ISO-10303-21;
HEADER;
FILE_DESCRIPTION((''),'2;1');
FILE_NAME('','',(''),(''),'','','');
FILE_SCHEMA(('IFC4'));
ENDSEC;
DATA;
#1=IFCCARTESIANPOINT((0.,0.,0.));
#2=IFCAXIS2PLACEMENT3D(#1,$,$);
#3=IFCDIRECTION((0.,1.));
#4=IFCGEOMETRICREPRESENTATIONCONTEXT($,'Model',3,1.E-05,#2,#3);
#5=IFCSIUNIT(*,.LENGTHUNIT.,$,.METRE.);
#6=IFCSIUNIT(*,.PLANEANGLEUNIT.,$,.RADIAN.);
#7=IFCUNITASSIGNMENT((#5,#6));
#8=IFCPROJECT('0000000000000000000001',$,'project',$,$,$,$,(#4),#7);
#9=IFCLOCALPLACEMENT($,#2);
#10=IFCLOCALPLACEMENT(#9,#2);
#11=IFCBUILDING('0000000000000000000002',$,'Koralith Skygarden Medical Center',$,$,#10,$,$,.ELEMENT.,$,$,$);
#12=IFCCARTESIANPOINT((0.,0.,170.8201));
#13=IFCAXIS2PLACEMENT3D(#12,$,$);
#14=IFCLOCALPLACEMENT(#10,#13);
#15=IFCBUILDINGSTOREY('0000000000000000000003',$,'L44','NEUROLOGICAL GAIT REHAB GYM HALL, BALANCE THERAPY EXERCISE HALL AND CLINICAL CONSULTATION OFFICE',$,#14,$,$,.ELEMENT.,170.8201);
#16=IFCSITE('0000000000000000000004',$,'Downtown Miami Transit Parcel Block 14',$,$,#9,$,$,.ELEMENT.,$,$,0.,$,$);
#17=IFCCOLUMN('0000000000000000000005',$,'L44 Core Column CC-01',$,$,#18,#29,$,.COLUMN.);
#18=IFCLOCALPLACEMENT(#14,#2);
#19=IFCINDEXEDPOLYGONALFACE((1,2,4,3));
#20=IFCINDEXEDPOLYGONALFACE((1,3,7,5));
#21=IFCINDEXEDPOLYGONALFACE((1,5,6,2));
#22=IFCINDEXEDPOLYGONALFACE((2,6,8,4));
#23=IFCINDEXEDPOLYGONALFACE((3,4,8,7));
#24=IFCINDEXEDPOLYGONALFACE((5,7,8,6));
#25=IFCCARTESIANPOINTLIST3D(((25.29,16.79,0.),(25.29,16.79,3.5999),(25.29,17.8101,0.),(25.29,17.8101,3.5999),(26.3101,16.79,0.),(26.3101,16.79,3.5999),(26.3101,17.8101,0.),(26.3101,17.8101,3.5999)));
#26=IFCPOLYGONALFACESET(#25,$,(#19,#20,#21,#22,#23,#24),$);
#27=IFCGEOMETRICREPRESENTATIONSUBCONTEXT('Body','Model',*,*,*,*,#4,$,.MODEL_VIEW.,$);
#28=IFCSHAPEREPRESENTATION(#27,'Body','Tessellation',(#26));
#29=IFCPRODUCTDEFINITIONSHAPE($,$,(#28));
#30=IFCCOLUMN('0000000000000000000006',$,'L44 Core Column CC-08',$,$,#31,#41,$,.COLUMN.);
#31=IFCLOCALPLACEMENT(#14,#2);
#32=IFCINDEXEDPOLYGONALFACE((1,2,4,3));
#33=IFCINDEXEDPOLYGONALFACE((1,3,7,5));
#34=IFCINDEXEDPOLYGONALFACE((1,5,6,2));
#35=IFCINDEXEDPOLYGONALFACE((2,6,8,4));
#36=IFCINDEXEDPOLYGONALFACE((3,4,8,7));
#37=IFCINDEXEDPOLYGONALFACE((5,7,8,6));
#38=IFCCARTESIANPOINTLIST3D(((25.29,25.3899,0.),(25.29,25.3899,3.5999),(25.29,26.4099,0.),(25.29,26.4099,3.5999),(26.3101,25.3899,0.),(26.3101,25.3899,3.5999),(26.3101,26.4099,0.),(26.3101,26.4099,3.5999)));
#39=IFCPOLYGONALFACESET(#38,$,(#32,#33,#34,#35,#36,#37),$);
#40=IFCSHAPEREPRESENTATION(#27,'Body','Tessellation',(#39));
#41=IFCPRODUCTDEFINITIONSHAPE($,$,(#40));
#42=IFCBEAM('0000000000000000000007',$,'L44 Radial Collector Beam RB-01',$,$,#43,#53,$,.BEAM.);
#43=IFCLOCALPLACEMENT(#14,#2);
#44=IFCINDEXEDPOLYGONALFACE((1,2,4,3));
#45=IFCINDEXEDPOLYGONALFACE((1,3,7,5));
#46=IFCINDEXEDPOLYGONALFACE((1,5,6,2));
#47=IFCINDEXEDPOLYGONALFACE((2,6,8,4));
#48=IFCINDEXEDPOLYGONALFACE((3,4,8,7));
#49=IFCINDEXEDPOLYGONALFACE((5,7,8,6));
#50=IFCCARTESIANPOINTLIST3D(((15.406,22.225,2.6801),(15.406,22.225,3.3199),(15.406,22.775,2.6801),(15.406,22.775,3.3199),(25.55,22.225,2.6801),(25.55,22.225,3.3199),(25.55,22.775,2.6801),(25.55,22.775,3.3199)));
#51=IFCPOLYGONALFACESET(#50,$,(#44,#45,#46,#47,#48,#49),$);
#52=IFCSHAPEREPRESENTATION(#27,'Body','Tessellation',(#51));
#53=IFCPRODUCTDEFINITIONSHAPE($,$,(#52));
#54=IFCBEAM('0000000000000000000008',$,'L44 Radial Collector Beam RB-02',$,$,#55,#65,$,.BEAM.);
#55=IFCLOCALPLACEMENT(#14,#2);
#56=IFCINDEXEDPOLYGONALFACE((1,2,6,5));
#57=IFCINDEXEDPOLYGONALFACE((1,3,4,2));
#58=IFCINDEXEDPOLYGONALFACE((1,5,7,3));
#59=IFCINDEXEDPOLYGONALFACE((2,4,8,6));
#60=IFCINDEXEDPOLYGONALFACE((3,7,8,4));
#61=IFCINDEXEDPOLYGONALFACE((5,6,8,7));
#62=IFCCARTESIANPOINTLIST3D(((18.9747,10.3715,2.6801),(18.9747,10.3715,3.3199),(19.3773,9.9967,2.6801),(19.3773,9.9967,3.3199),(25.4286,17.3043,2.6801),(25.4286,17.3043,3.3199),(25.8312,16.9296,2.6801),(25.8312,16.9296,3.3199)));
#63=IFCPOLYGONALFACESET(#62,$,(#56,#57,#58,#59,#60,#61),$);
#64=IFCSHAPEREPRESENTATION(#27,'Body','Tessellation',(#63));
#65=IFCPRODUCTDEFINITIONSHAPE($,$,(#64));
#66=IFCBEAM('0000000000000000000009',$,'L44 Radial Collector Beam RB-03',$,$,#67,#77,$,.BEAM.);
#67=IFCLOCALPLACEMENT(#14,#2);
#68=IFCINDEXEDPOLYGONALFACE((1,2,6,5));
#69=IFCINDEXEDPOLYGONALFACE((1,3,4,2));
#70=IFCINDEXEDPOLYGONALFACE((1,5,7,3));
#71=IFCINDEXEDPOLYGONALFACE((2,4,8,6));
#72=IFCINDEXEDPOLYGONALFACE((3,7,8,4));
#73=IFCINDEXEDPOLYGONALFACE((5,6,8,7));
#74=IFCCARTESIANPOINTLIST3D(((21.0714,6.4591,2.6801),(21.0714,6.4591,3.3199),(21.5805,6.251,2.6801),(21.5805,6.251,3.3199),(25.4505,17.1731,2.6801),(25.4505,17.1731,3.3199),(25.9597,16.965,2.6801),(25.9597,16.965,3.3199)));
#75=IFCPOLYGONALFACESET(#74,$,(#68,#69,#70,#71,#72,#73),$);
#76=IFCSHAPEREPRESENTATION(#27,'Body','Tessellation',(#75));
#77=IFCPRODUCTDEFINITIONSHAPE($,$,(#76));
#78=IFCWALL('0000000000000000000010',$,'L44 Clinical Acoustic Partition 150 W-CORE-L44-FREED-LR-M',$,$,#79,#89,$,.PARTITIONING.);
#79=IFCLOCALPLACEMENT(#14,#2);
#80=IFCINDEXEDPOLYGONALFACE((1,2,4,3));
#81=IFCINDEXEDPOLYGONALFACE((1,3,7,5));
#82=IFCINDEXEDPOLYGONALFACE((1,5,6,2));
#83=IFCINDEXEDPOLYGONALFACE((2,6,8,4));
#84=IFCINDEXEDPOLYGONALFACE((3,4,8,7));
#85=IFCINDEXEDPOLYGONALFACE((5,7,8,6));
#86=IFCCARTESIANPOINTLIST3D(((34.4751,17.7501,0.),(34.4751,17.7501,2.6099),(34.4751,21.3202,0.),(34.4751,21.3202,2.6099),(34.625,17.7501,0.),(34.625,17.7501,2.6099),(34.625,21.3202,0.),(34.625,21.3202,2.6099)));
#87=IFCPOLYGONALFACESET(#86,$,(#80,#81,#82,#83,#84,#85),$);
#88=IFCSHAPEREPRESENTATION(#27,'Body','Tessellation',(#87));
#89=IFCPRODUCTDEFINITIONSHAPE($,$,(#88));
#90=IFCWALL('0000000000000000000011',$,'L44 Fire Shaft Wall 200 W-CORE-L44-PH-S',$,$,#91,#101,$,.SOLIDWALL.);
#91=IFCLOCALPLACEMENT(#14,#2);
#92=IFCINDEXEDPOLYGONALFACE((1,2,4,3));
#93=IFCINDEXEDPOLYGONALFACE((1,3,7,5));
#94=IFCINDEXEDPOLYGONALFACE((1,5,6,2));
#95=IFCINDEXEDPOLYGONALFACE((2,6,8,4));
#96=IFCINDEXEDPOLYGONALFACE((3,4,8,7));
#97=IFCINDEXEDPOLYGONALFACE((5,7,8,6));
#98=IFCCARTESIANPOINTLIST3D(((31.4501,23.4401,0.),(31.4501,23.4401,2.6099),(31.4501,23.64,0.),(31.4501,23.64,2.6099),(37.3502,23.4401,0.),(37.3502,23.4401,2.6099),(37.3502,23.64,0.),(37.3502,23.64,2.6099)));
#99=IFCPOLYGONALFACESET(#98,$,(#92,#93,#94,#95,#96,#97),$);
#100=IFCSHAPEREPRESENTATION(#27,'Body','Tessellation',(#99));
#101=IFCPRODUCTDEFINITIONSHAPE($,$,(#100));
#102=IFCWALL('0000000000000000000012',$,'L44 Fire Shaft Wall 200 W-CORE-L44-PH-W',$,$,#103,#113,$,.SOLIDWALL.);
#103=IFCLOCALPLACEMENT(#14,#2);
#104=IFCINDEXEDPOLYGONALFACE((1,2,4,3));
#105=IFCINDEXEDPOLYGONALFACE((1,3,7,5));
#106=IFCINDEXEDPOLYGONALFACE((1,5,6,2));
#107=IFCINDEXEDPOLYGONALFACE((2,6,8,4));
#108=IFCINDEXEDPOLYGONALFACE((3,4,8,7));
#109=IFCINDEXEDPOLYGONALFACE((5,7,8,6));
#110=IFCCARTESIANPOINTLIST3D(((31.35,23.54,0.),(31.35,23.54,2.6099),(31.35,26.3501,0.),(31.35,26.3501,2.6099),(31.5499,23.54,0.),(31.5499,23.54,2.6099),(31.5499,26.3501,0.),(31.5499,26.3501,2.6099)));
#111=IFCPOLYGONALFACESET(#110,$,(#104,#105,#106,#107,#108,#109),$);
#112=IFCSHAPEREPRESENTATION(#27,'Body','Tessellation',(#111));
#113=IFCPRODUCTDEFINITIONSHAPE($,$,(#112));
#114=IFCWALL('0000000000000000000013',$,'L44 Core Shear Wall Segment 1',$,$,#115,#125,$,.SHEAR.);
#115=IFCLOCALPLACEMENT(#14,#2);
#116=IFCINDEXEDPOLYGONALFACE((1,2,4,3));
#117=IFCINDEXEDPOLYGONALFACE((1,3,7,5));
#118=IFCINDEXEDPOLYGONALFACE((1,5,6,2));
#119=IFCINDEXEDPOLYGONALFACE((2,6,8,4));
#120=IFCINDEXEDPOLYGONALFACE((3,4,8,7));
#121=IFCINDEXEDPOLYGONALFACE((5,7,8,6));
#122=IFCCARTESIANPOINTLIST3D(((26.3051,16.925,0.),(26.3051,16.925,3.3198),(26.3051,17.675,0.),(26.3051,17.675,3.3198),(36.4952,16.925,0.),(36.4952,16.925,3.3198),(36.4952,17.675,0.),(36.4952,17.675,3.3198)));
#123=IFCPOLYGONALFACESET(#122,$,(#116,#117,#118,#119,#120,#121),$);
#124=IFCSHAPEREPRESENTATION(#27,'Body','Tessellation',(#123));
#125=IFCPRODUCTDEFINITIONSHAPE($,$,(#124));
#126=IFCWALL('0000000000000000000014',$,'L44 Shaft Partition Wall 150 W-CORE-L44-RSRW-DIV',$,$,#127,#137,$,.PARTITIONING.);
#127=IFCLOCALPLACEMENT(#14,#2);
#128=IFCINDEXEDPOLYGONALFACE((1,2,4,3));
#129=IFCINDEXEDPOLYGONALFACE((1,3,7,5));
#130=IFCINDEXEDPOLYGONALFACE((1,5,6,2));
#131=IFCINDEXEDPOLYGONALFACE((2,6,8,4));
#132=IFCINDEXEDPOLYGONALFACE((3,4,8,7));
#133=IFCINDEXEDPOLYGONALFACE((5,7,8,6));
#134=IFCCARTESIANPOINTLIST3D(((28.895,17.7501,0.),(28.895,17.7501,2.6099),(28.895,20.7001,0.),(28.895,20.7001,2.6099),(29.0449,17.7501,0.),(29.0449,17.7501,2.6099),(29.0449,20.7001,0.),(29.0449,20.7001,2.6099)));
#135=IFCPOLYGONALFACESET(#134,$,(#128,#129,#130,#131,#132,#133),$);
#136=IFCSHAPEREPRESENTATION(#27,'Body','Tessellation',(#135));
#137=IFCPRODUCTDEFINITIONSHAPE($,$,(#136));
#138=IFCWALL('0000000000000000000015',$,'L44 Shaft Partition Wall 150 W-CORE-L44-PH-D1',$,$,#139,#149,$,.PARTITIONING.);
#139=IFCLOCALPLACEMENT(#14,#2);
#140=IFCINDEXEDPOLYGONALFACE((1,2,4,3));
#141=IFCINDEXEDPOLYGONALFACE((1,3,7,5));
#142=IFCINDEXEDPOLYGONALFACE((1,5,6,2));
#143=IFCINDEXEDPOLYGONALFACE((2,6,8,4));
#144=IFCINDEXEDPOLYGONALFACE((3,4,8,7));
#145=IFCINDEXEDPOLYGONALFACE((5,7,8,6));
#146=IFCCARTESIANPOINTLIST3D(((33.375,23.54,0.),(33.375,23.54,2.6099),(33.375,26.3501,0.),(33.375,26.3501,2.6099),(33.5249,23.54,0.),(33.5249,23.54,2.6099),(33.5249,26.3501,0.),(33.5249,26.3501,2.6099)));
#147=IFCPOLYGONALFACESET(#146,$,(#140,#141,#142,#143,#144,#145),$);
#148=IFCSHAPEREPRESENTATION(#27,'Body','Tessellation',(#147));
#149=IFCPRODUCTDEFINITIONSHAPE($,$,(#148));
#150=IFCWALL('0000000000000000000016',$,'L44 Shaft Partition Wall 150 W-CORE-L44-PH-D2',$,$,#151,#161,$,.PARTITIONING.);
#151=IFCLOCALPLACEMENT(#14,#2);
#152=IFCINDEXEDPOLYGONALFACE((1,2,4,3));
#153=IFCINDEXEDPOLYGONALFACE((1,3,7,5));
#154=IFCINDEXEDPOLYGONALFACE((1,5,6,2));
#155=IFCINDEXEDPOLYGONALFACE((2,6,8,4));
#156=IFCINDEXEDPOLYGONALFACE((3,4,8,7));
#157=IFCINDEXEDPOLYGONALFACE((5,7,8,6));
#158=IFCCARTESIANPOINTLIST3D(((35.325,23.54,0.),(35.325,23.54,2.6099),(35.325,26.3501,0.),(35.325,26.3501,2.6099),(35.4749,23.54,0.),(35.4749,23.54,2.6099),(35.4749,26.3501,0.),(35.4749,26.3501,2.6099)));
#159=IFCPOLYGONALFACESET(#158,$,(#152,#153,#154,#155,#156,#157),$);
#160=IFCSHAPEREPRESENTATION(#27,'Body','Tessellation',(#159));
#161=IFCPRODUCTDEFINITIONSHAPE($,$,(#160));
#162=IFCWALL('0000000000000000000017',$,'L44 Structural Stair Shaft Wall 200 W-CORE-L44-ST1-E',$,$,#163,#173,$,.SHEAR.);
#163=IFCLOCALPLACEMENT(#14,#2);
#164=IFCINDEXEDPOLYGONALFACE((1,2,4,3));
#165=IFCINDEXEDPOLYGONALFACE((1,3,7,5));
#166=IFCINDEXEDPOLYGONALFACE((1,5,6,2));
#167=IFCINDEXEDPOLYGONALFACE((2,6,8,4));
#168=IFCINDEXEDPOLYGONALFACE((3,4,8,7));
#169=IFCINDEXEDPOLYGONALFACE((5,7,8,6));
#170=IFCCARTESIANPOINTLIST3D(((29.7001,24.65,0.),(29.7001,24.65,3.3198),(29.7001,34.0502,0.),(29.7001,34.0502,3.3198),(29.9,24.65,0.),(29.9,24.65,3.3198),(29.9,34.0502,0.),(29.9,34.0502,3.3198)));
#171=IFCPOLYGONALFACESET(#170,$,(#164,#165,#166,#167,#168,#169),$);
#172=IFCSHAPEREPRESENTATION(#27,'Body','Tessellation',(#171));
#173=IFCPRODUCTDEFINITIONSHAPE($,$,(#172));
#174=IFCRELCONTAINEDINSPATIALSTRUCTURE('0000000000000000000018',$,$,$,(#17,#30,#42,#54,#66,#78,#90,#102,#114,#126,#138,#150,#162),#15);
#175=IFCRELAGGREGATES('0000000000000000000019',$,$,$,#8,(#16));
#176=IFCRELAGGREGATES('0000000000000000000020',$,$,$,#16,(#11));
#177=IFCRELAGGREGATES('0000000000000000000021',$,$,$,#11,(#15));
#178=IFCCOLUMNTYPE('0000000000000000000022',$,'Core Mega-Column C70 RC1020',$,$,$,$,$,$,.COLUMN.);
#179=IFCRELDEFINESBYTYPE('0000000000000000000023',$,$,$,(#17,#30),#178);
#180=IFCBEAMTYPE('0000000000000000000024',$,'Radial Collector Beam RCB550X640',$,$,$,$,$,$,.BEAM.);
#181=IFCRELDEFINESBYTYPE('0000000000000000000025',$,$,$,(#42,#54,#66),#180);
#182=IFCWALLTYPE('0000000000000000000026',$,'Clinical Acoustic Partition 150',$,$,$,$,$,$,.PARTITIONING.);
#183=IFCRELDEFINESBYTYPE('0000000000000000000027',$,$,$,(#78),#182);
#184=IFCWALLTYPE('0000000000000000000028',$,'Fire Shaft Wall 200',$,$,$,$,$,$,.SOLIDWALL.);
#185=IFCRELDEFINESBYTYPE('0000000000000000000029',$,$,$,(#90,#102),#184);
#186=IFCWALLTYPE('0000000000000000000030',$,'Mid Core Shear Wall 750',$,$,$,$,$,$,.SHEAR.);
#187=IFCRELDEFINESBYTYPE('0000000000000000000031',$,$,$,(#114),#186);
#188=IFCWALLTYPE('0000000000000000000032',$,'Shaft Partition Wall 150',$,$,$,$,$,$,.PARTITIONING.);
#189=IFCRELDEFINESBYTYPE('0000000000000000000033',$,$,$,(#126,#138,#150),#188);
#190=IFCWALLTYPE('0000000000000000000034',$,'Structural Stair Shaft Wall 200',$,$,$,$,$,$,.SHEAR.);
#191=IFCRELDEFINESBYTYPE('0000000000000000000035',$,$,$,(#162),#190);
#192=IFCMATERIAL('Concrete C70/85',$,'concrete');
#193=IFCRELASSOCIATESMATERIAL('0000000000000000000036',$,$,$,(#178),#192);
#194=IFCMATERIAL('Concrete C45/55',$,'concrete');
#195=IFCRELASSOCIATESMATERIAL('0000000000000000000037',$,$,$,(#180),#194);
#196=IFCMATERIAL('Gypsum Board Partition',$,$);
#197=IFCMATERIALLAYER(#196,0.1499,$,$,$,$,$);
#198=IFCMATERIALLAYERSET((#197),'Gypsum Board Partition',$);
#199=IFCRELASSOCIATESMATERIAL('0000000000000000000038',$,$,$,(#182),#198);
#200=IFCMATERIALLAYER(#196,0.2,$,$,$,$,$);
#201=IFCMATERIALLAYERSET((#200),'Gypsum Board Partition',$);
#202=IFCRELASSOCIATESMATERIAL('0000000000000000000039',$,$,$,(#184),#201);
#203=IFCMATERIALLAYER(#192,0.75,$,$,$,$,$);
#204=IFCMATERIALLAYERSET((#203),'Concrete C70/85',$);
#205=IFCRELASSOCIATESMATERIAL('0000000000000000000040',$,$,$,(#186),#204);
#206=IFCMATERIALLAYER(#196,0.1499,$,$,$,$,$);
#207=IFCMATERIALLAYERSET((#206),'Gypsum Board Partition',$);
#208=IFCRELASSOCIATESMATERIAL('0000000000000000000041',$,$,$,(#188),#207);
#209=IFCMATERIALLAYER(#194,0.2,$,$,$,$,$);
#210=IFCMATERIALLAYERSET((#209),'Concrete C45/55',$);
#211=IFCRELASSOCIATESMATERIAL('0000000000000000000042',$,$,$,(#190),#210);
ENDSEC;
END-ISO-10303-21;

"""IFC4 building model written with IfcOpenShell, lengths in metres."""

from ifc_helpers import new_model, si_unit, direction, frame, frame_2d, origin, origin_2d, place, context, subcontext, project, spatial, rectangle, extrude, material, layer, layer_set, material_profile, profile_set, type_object, element, save


model = new_model("IFC4")

# Units and contexts
model_context = context("Model", 3, precision=1e-05, world=origin(), true_north=direction((0.0, 1.0)))
body_context = subcontext(model_context, "Body", "Model", "MODEL_VIEW")
ifc_project = project(units=[si_unit("LENGTHUNIT", "METRE"), si_unit("PLANEANGLEUNIT", "RADIAN")], contexts=[model_context])

# Site, building, storey
site_placement = place(None, origin())
site = spatial("IfcSite", under=ifc_project, at=site_placement, Name="Downtown Miami Transit Parcel Block 14", CompositionType="ELEMENT", RefElevation=0.0)
building_placement = place(site_placement, origin())
building = spatial("IfcBuilding", under=site, at=building_placement, Name="Koralith Skygarden Medical Center", CompositionType="ELEMENT")
storey_placement = place(building_placement, frame((0.0, 0.0, 170.8201)))
storey = spatial("IfcBuildingStorey", under=building, at=storey_placement, Name="L44", Description="NEUROLOGICAL GAIT REHAB GYM HALL, BALANCE THERAPY EXERCISE HALL AND CLINICAL CONSULTATION OFFICE", CompositionType="ELEMENT", Elevation=170.8201)

# Columns
ifc_material_1 = material(Name="Concrete C70/85", Category="concrete")
ifc_material_profile_1 = material_profile(ifc_material_1, rectangle(XDim=1.02, YDim=1.02, at=origin_2d()), Name="RC1020X1020")
ifc_profile_set_1 = profile_set([ifc_material_profile_1], Name="Concrete C70/85")
column_type = type_object("IfcColumnType", Name="Core Mega-Column C70 RC1020", PredefinedType="COLUMN", material=ifc_profile_set_1)
for number, where, z_axis, x_axis, name in (
    (1, (25.8, 17.3, 0.0), (0.0, 0.0, 1.0), (1.0, 0.0, 0.0), "L44 Core Column CC-01"),
    (2, (25.8, 25.8999, 0.0), (0.0, 0.0, 1.0), (1.0, 0.0, 0.0), "L44 Core Column CC-08"),
):
    element("IfcColumn", number, at=place(storey_placement, frame(where, z_axis=z_axis, x_axis=x_axis)), inside=storey, type_object=column_type, Name=name, PredefinedType="COLUMN", context=body_context, shape_type="SweptSolid", body=[
        extrude(rectangle(XDim=1.02, YDim=1.02, at=origin_2d()), origin(), (0.0, 0.0, 1.0), 3.5999),
    ])

# Beams
ifc_material_2 = material(Name="Concrete C45/55", Category="concrete")
ifc_material_profile_2 = material_profile(ifc_material_2, rectangle(XDim=0.55, YDim=0.6399, at=origin_2d()), Name="RCB550X640")
ifc_profile_set_2 = profile_set([ifc_material_profile_2], Name="Concrete C45/55")
beam_type = type_object("IfcBeamType", Name="Radial Collector Beam RCB550X640", PredefinedType="BEAM", material=ifc_profile_set_2)
beam_1_placement = place(storey_placement, frame((25.55, 22.5, 3.0), z_axis=(-1.0, 0.0, 0.0), x_axis=(0.0, -1.0, 0.0)))
element("IfcBeam", 3, at=beam_1_placement, inside=storey, type_object=beam_type, Name="L44 Radial Collector Beam RB-01", PredefinedType="BEAM", context=body_context, shape_type="SweptSolid", body=[
    extrude(rectangle(XDim=0.55, YDim=0.6399, at=origin_2d()), origin(), (0.0, 0.0, 1.0), 10.144),
])
beam_2_placement = place(storey_placement, frame((25.6299, 17.1169, 3.0), z_axis=(-0.681369, -0.73194, 0.0), x_axis=(0.73194, -0.681369, 0.0)))
element("IfcBeam", 4, at=beam_2_placement, inside=storey, type_object=beam_type, Name="L44 Radial Collector Beam RB-02", PredefinedType="BEAM", context=body_context, shape_type="SweptSolid", body=[
    extrude(rectangle(XDim=0.55, YDim=0.6399, at=origin_2d()), origin(), (0.0, 0.0, 1.0), 9.4719),
])
beam_3_placement = place(storey_placement, frame((25.7051, 17.0691, 3.0), z_axis=(-0.378345, -0.925665, 0.0), x_axis=(0.925665, -0.378345, 0.0)))
element("IfcBeam", 5, at=beam_3_placement, inside=storey, type_object=beam_type, Name="L44 Radial Collector Beam RB-03", PredefinedType="BEAM", context=body_context, shape_type="SweptSolid", body=[
    extrude(rectangle(XDim=0.55, YDim=0.6399, at=origin_2d()), origin(), (0.0, 0.0, 1.0), 11.5745),
])

# Shared definitions
ifc_material_3 = material(Name="Gypsum Board Partition")
ifc_layer_1 = layer(ifc_material_3, 0.1499)
ifc_layer_set_1 = layer_set([ifc_layer_1], Name="Gypsum Board Partition")
wall_type_1 = type_object("IfcWallType", Name="Clinical Acoustic Partition 150", PredefinedType="PARTITIONING", material=ifc_layer_set_1)

# Wall
wall_1_placement = place(storey_placement, frame((34.55, 17.75, 0.0), z_axis=(0.0, 0.0, 1.0), x_axis=(0.0, 1.0, 0.0)))
element("IfcWall", 6, at=wall_1_placement, inside=storey, type_object=wall_type_1, Name="L44 Clinical Acoustic Partition 150 W-CORE-L44-FREED-LR-M", PredefinedType="PARTITIONING", context=body_context, shape_type="SweptSolid", body=[
    extrude(rectangle(XDim=3.5701, YDim=0.1499, at=frame_2d((1.7852, 0.0))), origin(), (0.0, 0.0, 1.0), 2.6099),
])

# Shared definitions
ifc_layer_2 = layer(ifc_material_3, 0.2)
ifc_layer_set_2 = layer_set([ifc_layer_2], Name="Gypsum Board Partition")
wall_type_2 = type_object("IfcWallType", Name="Fire Shaft Wall 200", PredefinedType="SOLIDWALL", material=ifc_layer_set_2)

# Walls
wall_2_placement = place(storey_placement, frame((31.45, 23.54, 0.0), z_axis=(0.0, 0.0, 1.0), x_axis=(1.0, 0.0, 0.0)))
element("IfcWall", 7, at=wall_2_placement, inside=storey, type_object=wall_type_2, Name="L44 Fire Shaft Wall 200 W-CORE-L44-PH-S", PredefinedType="SOLIDWALL", context=body_context, shape_type="SweptSolid", body=[
    extrude(rectangle(XDim=5.9001, YDim=0.2, at=frame_2d((2.9502, 0.0))), origin(), (0.0, 0.0, 1.0), 2.6099),
])
wall_3_placement = place(storey_placement, frame((31.45, 23.54, 0.0), z_axis=(0.0, 0.0, 1.0), x_axis=(0.0, 1.0, 0.0)))
element("IfcWall", 8, at=wall_3_placement, inside=storey, type_object=wall_type_2, Name="L44 Fire Shaft Wall 200 W-CORE-L44-PH-W", PredefinedType="SOLIDWALL", context=body_context, shape_type="SweptSolid", body=[
    extrude(rectangle(XDim=2.8101, YDim=0.2, at=frame_2d((1.405, 0.0))), origin(), (0.0, 0.0, 1.0), 2.6099),
])
ifc_layer_3 = layer(ifc_material_1, 0.75)
ifc_layer_set_3 = layer_set([ifc_layer_3], Name="Concrete C70/85")
wall_type_3 = type_object("IfcWallType", Name="Mid Core Shear Wall 750", PredefinedType="SHEAR", material=ifc_layer_set_3)
wall_4_placement = place(storey_placement, frame((26.3049, 17.3, 0.0), z_axis=(0.0, 0.0, 1.0), x_axis=(1.0, 0.0, 0.0)))
element("IfcWall", 9, at=wall_4_placement, inside=storey, type_object=wall_type_3, Name="L44 Core Shear Wall Segment 1", PredefinedType="SHEAR", context=body_context, shape_type="SweptSolid", body=[
    extrude(rectangle(XDim=10.1902, YDim=0.75, at=frame_2d((5.0952, 0.0))), origin(), (0.0, 0.0, 1.0), 3.3198),
])

# Walls
ifc_layer_4 = layer(ifc_material_3, 0.1499)
ifc_layer_set_4 = layer_set([ifc_layer_4], Name="Gypsum Board Partition")
wall_type_4 = type_object("IfcWallType", Name="Shaft Partition Wall 150", PredefinedType="PARTITIONING", material=ifc_layer_set_4)
wall_5_placement = place(storey_placement, frame((28.97, 17.75, 0.0), z_axis=(0.0, 0.0, 1.0), x_axis=(0.0, 1.0, 0.0)))
element("IfcWall", 10, at=wall_5_placement, inside=storey, type_object=wall_type_4, Name="L44 Shaft Partition Wall 150 W-CORE-L44-RSRW-DIV", PredefinedType="PARTITIONING", context=body_context, shape_type="SweptSolid", body=[
    extrude(rectangle(XDim=2.95, YDim=0.1499, at=frame_2d((1.4751, 0.0))), origin(), (0.0, 0.0, 1.0), 2.6099),
])
for number, where, z_axis, x_axis, name in (
    (11, (33.45, 23.54, 0.0), (0.0, 0.0, 1.0), (0.0, 1.0, 0.0), "L44 Shaft Partition Wall 150 W-CORE-L44-PH-D1"),
    (12, (35.3999, 23.54, 0.0), (0.0, 0.0, 1.0), (0.0, 1.0, 0.0), "L44 Shaft Partition Wall 150 W-CORE-L44-PH-D2"),
):
    element("IfcWall", number, at=place(storey_placement, frame(where, z_axis=z_axis, x_axis=x_axis)), inside=storey, type_object=wall_type_4, Name=name, PredefinedType="PARTITIONING", context=body_context, shape_type="SweptSolid", body=[
        extrude(rectangle(XDim=2.8101, YDim=0.1499, at=frame_2d((1.405, 0.0))), origin(), (0.0, 0.0, 1.0), 2.6099),
    ])
ifc_layer_5 = layer(ifc_material_2, 0.2)
ifc_layer_set_5 = layer_set([ifc_layer_5], Name="Concrete C45/55")
wall_type_5 = type_object("IfcWallType", Name="Structural Stair Shaft Wall 200", PredefinedType="SHEAR", material=ifc_layer_set_5)
wall_6_placement = place(storey_placement, frame((29.8, 24.6499, 0.0), z_axis=(0.0, 0.0, 1.0), x_axis=(0.0, 1.0, 0.0)))
element("IfcWall", 13, at=wall_6_placement, inside=storey, type_object=wall_type_5, Name="L44 Structural Stair Shaft Wall 200 W-CORE-L44-ST1-E", PredefinedType="SHEAR", context=body_context, shape_type="SweptSolid", body=[
    extrude(rectangle(XDim=9.4001, YDim=0.2, at=frame_2d((4.7002, 0.0))), origin(), (0.0, 0.0, 1.0), 3.3198),
])

save(model, "model.ifc")
